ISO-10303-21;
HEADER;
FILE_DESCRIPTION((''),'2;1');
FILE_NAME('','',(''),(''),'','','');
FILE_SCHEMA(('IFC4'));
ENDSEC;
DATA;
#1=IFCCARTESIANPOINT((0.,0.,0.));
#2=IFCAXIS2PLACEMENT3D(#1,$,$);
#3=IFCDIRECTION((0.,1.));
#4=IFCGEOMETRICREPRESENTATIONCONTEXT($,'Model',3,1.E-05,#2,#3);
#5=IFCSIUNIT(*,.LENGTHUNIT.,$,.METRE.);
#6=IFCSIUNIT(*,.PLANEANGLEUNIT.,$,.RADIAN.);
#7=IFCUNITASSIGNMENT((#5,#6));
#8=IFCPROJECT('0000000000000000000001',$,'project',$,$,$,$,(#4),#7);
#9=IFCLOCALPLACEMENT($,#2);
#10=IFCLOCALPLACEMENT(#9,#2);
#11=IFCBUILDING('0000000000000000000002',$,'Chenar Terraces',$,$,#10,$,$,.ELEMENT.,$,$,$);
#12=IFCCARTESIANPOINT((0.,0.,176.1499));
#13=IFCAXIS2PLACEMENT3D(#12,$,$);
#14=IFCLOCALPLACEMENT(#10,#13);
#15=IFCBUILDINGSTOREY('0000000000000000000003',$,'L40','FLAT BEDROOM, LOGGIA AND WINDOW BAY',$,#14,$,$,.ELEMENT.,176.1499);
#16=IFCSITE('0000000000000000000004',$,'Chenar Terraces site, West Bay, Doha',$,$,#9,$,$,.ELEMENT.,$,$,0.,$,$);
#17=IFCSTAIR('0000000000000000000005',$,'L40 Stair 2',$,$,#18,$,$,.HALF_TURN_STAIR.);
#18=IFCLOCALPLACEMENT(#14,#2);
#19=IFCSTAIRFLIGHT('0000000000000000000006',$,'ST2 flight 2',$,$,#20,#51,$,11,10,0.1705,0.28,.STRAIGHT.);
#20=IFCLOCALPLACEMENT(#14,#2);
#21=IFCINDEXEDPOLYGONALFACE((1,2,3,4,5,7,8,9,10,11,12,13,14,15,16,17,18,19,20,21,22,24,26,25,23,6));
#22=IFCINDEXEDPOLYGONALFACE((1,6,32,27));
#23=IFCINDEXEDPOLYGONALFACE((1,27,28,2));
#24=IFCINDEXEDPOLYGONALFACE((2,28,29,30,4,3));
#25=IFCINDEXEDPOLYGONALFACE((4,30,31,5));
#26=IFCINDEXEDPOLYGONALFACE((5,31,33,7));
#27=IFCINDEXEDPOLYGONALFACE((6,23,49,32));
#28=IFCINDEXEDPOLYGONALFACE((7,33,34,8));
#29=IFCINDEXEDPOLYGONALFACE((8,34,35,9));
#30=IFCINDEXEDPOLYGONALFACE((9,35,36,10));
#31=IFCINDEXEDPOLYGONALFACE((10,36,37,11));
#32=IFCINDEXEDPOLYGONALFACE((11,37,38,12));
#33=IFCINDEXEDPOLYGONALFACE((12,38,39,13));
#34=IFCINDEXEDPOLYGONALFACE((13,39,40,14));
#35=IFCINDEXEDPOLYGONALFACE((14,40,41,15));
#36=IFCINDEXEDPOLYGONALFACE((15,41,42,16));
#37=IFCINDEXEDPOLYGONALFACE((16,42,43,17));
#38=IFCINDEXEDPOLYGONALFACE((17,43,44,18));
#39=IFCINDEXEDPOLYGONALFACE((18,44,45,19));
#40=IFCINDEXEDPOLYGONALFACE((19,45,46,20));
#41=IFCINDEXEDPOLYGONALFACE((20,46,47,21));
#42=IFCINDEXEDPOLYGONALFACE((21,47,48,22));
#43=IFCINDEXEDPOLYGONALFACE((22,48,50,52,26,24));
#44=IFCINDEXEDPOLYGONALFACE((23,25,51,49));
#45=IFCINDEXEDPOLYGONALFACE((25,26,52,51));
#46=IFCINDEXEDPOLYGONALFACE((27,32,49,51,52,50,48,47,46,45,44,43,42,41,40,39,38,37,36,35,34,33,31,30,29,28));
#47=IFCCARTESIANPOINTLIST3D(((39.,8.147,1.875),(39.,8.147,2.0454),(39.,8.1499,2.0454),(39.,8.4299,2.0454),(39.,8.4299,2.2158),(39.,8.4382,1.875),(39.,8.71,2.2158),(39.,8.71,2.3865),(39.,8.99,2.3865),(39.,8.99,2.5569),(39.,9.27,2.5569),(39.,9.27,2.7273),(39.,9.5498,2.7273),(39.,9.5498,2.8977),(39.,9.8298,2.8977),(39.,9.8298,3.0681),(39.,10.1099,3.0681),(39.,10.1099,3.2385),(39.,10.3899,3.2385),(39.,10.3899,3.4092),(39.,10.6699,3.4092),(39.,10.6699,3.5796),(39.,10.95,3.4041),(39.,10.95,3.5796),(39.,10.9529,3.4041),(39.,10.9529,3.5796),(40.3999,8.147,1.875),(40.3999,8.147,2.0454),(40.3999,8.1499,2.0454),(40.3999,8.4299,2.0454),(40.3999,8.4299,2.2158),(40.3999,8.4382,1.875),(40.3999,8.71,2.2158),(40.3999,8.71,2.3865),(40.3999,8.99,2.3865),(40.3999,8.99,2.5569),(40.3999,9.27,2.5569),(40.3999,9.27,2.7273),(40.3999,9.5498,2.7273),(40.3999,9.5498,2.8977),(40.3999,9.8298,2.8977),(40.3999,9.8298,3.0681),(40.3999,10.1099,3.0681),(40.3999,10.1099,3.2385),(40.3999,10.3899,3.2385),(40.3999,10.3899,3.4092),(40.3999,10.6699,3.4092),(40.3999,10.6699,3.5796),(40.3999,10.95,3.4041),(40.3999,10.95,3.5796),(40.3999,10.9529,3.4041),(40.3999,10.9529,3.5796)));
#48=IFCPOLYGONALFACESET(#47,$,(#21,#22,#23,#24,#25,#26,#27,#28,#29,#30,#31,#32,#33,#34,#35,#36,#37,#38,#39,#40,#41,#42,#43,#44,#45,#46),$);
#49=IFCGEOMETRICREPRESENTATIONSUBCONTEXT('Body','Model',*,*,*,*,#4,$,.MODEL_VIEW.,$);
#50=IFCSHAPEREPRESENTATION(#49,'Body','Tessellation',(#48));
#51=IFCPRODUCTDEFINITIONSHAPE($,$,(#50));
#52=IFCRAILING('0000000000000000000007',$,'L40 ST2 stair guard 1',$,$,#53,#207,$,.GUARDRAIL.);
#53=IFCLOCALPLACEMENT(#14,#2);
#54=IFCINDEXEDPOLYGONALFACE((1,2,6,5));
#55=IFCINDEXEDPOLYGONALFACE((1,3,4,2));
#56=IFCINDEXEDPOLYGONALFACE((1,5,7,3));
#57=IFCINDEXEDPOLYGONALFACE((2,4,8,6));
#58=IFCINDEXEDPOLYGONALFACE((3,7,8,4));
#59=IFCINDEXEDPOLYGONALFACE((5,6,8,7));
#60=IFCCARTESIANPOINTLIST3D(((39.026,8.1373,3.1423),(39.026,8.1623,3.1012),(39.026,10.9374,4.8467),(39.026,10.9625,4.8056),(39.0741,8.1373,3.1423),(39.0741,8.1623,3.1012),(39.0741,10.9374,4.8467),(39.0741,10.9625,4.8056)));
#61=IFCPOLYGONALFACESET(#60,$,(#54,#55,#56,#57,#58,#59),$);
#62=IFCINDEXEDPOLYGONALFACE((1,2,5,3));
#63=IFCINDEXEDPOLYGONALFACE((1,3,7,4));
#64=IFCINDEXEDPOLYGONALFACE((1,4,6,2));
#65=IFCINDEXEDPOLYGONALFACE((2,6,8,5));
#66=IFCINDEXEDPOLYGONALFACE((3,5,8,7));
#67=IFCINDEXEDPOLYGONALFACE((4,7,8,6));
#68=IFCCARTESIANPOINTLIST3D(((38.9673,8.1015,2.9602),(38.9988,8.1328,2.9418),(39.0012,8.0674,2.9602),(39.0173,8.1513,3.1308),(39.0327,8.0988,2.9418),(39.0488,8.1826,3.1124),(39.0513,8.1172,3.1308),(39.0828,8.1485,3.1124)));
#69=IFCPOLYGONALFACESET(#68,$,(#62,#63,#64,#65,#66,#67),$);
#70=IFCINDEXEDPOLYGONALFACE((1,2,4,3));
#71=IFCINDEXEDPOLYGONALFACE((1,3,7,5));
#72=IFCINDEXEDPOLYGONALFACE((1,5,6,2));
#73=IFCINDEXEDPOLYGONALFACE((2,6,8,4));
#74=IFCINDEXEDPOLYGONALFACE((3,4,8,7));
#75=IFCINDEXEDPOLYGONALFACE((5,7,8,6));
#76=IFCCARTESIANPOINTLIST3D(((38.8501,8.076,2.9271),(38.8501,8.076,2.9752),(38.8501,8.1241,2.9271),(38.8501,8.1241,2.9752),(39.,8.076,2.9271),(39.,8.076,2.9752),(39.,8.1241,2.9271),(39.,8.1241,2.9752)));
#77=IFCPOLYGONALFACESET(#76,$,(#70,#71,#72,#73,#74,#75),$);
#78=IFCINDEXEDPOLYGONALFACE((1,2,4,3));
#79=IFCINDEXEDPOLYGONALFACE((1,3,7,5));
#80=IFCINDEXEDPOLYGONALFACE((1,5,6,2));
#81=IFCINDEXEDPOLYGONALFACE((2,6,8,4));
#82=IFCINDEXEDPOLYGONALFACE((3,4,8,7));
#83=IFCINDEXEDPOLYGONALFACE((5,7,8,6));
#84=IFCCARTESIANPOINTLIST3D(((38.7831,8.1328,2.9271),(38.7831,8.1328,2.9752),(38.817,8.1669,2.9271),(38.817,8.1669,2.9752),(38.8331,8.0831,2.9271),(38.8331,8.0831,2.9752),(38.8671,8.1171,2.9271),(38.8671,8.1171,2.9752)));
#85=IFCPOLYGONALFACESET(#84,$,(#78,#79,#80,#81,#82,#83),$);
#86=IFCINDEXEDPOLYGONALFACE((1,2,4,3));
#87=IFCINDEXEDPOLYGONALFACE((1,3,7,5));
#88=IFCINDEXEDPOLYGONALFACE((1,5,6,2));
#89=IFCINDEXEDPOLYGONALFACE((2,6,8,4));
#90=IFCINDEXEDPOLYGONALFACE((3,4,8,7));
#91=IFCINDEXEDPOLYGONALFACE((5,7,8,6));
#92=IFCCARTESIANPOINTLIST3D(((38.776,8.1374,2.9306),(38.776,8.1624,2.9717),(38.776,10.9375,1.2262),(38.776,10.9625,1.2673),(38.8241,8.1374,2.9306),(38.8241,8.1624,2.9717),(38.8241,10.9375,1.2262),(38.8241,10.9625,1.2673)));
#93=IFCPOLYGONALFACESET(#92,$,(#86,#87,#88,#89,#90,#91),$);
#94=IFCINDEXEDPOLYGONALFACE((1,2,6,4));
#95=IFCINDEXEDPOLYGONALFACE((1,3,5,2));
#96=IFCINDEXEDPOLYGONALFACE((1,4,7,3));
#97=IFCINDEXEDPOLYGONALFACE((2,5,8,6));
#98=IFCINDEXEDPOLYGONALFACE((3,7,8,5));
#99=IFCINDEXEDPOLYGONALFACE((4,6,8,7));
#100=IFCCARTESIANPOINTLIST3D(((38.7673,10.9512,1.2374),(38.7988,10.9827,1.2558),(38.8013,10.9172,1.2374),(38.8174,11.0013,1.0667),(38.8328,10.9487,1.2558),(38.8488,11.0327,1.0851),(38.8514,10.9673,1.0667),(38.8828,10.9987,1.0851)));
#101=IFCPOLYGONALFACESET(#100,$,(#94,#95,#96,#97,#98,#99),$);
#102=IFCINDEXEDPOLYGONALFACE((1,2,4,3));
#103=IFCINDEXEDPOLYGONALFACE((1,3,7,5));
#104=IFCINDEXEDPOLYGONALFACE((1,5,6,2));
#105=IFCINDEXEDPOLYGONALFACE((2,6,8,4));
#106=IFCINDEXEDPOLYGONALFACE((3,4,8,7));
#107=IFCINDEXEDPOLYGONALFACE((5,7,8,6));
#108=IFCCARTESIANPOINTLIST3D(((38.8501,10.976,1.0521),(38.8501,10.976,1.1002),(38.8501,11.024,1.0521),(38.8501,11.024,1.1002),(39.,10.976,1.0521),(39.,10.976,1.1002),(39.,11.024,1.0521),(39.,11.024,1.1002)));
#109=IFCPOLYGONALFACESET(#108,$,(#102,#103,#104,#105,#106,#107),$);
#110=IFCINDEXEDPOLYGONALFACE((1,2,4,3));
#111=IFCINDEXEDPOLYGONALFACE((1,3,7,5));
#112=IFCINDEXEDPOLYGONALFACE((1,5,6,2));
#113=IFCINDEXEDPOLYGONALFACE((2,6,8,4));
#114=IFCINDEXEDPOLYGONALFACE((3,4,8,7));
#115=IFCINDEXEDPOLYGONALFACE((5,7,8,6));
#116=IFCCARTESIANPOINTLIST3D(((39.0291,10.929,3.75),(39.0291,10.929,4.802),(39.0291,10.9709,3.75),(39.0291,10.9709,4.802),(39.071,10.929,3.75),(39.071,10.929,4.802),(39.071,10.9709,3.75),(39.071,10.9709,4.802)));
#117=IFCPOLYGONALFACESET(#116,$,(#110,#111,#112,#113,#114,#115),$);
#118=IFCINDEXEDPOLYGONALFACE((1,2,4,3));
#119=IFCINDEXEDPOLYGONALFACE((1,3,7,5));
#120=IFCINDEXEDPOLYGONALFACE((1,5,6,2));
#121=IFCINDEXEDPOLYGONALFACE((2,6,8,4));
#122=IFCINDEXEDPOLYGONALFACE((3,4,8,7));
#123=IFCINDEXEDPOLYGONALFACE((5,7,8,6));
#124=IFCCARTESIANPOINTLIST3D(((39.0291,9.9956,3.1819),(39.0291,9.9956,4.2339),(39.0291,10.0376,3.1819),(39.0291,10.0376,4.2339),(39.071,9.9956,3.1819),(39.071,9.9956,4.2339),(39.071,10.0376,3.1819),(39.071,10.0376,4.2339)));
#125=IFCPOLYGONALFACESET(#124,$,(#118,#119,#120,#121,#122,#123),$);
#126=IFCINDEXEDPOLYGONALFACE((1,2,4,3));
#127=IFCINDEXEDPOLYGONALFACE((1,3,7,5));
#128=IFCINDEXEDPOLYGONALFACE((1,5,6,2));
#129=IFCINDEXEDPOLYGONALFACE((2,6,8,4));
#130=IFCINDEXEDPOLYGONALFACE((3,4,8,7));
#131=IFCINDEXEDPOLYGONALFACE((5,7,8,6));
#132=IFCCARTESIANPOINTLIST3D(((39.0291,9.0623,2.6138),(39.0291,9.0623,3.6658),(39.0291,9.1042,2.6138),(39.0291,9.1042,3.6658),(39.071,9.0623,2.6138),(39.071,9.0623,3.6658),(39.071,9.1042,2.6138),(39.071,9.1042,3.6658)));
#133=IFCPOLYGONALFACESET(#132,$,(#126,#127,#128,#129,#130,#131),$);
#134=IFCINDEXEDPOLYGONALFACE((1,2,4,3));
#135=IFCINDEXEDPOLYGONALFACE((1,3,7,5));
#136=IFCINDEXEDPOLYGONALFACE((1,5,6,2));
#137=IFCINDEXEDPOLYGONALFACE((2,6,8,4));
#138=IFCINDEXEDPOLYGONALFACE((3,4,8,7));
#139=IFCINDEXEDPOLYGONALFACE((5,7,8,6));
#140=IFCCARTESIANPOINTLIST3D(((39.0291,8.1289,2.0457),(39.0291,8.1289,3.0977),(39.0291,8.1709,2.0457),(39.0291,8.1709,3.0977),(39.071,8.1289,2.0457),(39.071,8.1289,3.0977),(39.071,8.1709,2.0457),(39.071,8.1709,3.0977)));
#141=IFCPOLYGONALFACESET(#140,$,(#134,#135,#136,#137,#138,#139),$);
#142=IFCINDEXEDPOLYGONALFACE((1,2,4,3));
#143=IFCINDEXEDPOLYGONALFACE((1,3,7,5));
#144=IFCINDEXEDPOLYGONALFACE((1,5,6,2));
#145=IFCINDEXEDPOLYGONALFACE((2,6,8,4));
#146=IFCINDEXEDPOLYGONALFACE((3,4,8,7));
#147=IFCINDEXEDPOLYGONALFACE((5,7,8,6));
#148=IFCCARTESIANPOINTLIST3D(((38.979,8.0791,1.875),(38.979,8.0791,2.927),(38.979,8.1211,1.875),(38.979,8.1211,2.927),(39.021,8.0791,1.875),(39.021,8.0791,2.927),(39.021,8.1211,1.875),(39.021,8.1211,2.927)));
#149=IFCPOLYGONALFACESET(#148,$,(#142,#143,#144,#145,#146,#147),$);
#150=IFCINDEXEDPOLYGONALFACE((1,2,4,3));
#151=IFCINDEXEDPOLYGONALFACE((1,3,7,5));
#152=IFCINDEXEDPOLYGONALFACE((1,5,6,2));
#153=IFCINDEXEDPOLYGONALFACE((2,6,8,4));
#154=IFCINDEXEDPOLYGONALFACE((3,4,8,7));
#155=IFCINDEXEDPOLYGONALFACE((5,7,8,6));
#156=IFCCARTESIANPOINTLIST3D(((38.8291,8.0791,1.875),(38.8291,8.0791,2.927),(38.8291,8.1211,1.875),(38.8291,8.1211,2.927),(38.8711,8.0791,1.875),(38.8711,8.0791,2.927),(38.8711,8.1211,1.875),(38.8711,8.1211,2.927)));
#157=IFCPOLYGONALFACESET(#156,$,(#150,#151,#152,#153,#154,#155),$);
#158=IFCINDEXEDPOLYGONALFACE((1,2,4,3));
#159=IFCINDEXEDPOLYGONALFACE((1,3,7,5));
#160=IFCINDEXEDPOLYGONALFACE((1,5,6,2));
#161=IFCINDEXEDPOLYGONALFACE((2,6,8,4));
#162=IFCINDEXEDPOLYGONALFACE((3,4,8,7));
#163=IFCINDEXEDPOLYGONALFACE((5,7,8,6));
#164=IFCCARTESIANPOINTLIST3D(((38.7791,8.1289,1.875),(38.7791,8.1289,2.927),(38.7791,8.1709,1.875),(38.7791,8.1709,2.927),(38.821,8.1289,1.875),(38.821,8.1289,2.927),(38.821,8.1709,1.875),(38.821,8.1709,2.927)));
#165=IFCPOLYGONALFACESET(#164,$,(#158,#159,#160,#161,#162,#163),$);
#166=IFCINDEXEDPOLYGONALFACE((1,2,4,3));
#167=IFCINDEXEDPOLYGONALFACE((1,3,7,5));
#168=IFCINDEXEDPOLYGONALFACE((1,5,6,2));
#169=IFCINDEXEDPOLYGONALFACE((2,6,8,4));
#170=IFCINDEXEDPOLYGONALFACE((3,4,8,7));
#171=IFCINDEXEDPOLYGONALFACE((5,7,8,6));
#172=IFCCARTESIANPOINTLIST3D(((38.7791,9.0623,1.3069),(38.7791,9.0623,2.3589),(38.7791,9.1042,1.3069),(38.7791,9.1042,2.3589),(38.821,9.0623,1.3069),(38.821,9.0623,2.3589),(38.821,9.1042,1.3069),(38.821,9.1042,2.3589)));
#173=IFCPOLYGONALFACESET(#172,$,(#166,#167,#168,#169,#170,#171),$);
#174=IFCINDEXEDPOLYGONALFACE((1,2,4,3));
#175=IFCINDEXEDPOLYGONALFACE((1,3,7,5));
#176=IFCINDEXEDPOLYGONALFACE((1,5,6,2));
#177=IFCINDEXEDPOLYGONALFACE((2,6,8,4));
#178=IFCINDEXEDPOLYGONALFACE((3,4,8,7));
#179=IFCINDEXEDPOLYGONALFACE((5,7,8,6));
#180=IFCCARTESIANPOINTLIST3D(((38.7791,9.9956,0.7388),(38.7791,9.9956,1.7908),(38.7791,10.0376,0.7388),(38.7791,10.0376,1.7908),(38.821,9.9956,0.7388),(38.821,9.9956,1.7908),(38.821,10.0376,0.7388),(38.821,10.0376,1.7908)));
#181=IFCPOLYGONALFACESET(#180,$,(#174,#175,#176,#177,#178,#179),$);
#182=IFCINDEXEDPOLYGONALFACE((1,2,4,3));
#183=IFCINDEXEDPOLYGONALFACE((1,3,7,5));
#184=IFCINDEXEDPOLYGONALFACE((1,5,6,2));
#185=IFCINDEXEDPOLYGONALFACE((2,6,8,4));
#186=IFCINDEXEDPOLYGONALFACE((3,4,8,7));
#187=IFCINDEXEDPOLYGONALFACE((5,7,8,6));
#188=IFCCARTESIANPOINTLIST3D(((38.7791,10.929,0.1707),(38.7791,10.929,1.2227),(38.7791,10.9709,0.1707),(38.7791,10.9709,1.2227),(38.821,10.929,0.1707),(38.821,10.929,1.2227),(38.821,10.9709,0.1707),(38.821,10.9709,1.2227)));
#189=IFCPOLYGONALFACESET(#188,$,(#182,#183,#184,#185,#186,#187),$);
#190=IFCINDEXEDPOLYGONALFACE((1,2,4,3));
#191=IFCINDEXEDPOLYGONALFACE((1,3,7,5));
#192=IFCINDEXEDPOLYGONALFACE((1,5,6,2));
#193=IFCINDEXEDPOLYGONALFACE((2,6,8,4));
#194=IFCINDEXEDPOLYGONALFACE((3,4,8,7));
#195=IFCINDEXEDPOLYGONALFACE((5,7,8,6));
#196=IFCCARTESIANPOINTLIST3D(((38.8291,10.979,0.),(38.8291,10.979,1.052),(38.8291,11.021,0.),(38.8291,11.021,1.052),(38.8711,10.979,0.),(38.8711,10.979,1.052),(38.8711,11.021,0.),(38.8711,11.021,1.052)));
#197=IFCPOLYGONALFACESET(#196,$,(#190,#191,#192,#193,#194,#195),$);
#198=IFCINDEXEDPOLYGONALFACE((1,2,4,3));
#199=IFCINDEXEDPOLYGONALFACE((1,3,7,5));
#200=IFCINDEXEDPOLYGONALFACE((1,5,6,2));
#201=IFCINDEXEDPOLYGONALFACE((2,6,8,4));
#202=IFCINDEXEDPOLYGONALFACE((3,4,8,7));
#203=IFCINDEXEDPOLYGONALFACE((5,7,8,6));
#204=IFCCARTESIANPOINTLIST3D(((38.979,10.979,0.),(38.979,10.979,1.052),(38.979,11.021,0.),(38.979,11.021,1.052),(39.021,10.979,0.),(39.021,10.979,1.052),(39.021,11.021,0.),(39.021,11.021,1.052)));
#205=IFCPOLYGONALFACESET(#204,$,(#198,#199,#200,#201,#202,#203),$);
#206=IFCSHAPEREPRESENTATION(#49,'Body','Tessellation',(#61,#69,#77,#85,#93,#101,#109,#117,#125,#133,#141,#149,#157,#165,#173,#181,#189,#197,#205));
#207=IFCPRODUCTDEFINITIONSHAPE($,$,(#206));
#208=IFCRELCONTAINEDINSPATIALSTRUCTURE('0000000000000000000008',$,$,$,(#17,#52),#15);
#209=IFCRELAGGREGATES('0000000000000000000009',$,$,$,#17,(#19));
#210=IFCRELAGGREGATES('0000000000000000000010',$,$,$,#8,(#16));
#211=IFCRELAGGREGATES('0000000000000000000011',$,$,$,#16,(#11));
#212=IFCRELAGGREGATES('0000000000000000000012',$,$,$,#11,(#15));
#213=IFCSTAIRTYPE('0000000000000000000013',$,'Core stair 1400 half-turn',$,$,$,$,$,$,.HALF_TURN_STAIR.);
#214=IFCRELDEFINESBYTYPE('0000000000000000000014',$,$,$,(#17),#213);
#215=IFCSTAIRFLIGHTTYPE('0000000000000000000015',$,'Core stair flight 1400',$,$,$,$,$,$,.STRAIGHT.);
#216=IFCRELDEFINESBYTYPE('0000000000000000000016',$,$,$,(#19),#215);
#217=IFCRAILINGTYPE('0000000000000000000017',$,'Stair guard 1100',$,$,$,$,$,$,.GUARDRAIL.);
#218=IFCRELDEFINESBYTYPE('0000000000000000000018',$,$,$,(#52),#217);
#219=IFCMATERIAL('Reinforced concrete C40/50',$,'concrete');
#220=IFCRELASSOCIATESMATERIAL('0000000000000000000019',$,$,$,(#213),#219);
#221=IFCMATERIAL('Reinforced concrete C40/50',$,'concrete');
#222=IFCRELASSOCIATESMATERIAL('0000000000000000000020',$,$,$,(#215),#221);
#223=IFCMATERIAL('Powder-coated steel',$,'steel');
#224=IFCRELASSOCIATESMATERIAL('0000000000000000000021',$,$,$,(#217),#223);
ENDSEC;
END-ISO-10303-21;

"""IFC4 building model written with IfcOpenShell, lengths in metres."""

from ifc_helpers import new_model, si_unit, direction, frame, origin, origin_2d, place, context, subcontext, project, spatial, polyline, rectangle, outline, extrude, material, type_object, element, aggregate, save


model = new_model("IFC4")

# Units and contexts
model_context = context("Model", 3, precision=1e-05, world=origin(), true_north=direction((0.0, 1.0)))
body_context = subcontext(model_context, "Body", "Model", "MODEL_VIEW")
ifc_project = project(units=[si_unit("LENGTHUNIT", "METRE"), si_unit("PLANEANGLEUNIT", "RADIAN")], contexts=[model_context])

# Site, building, storey
site_placement = place(None, origin())
site = spatial("IfcSite", under=ifc_project, at=site_placement, Name="Chenar Terraces site, West Bay, Doha", CompositionType="ELEMENT", RefElevation=0.0)
building_placement = place(site_placement, origin())
building = spatial("IfcBuilding", under=site, at=building_placement, Name="Chenar Terraces", CompositionType="ELEMENT")
storey_placement = place(building_placement, frame((0.0, 0.0, 176.1499)))
storey = spatial("IfcBuildingStorey", under=building, at=storey_placement, Name="L40", Description="FLAT BEDROOM, LOGGIA AND WINDOW BAY", CompositionType="ELEMENT", Elevation=176.1499)

# Stair, stair flight
ifc_material_1 = material(Name="Reinforced concrete C40/50", Category="concrete")
stair_type = type_object("IfcStairType", Name="Core stair 1400 half-turn", PredefinedType="HALF_TURN_STAIR", material=ifc_material_1)
stair_placement = place(storey_placement, origin())
stair = element("IfcStair", 1, at=stair_placement, inside=storey, type_object=stair_type, Name="L40 Stair 2", PredefinedType="HALF_TURN_STAIR")
ifc_material_2 = material(Name="Reinforced concrete C40/50", Category="concrete")
stair_flight_type = type_object("IfcStairFlightType", Name="Core stair flight 1400", PredefinedType="STRAIGHT", material=ifc_material_2)
stair_flight_1_placement = place(storey_placement, frame((39.7, 8.1499, 1.875), z_axis=(0.0, 0.0, 1.0), x_axis=(0.0, 1.0, 0.0)))
stair_flight_1 = element("IfcStairFlight", 2, at=stair_flight_1_placement, type_object=stair_flight_type, Name="ST2 flight 2", NumberOfRisers=11, NumberOfTreads=10, PredefinedType="STRAIGHT", RiserHeight=0.1705, TreadLength=0.28, context=body_context, shape_type="SweptSolid", body=[
    extrude(outline(polyline([(-0.0029, 0.0), (-0.0029, 0.1704), (0.0, 0.1704), (0.28, 0.1704), (0.28, 0.3408), (0.5601, 0.3408), (0.5601, 0.5115), (0.8401, 0.5115), (0.8401, 0.6819), (1.1201, 0.6819), (1.1201, 0.8523), (1.3999, 0.8523), (1.3999, 1.0227), (1.6799, 1.0227), (1.6799, 1.1931), (1.96, 1.1931), (1.96, 1.3635), (2.24, 1.3635), (2.24, 1.5342), (2.52, 1.5342), (2.52, 1.7046), (2.8, 1.7046), (2.803, 1.7046), (2.803, 1.5291), (2.8, 1.5291), (0.2883, 0.0), (-0.0029, 0.0)])), frame((0.0, 0.7, 0.0), z_axis=(0.0, -1.0, 0.0), x_axis=(1.0, 0.0, 0.0)), (0.0, 0.0, 1.0), 1.3999),
])
aggregate(stair, [stair_flight_1])

# Railing
ifc_material_3 = material(Name="Powder-coated steel", Category="steel")
railing_type_1 = type_object("IfcRailingType", Name="Stair guard 1100", PredefinedType="GUARDRAIL", material=ifc_material_3)
railing_1_placement = place(storey_placement, frame((39.05, 10.95, 3.75)))
element("IfcRailing", 3, at=railing_1_placement, inside=storey, type_object=railing_type_1, Name="L40 ST2 stair guard 1", PredefinedType="GUARDRAIL", context=body_context, shape_type="SweptSolid", body=[
    extrude(rectangle(XDim=0.0481, YDim=0.0481, at=origin_2d()), frame((0.0, 0.0, 1.0762), z_axis=(0.0, -0.854203, -0.51994), x_axis=(1.0, 0.0, 0.0)), (0.0, 0.0, 1.0), 3.2781),
    extrude(rectangle(XDim=0.0481, YDim=0.0481, at=origin_2d()), frame((0.0, -2.8, -0.6284), z_axis=(-0.270997, -0.269675, -0.924033), x_axis=(0.705376, -0.708834, 0.0)), (0.0, 0.0, 1.0), 0.1846),
    extrude(rectangle(XDim=0.0481, YDim=0.0481, at=origin_2d()), frame((-0.05, -2.8499, -0.7988), z_axis=(-1.0, 0.0, 0.0), x_axis=(0.0, -1.0, 0.0)), (0.0, 0.0, 1.0), 0.1499),
    extrude(rectangle(XDim=0.0481, YDim=0.0481, at=origin_2d()), frame((-0.2, -2.8499, -0.7988), z_axis=(-0.708834, 0.705376, 0.0), x_axis=(-0.705376, -0.708834, 0.0)), (0.0, 0.0, 1.0), 0.0706),
    extrude(rectangle(XDim=0.0481, YDim=0.0481, at=origin_2d()), frame((-0.25, -2.8, -0.7988), z_axis=(0.0, 0.854203, -0.51994), x_axis=(-1.0, 0.0, 0.0)), (0.0, 0.0, 1.0), 3.2781),
    extrude(rectangle(XDim=0.0481, YDim=0.0481, at=origin_2d()), frame((-0.25, 0.0, -2.5034), z_axis=(0.2709, 0.2709, -0.923703), x_axis=(-0.707107, 0.707107, 0.0)), (0.0, 0.0, 1.0), 0.1848),
    extrude(rectangle(XDim=0.0481, YDim=0.0481, at=origin_2d()), frame((-0.2, 0.05, -2.6738), z_axis=(1.0, 0.0, 0.0), x_axis=(0.0, 1.0, 0.0)), (0.0, 0.0, 1.0), 0.1499),
    extrude(rectangle(XDim=0.042, YDim=0.042, at=origin_2d()), origin(), (0.0, 0.0, 1.0), 1.052),
    extrude(rectangle(XDim=0.042, YDim=0.042, at=origin_2d()), frame((0.0, -0.9333, -0.5681)), (0.0, 0.0, 1.0), 1.052),
    extrude(rectangle(XDim=0.042, YDim=0.042, at=origin_2d()), frame((0.0, -1.8667, -1.1362)), (0.0, 0.0, 1.0), 1.052),
    extrude(rectangle(XDim=0.042, YDim=0.042, at=origin_2d()), frame((0.0, -2.8, -1.7043)), (0.0, 0.0, 1.0), 1.052),
    extrude(rectangle(XDim=0.042, YDim=0.042, at=origin_2d()), frame((-0.05, -2.8499, -1.875)), (0.0, 0.0, 1.0), 1.052),
    extrude(rectangle(XDim=0.042, YDim=0.042, at=origin_2d()), frame((-0.2, -2.8499, -1.875)), (0.0, 0.0, 1.0), 1.052),
    extrude(rectangle(XDim=0.042, YDim=0.042, at=origin_2d()), frame((-0.25, -2.8, -1.875)), (0.0, 0.0, 1.0), 1.052),
    extrude(rectangle(XDim=0.042, YDim=0.042, at=origin_2d()), frame((-0.25, -1.8667, -2.4431)), (0.0, 0.0, 1.0), 1.052),
    extrude(rectangle(XDim=0.042, YDim=0.042, at=origin_2d()), frame((-0.25, -0.9333, -3.0112)), (0.0, 0.0, 1.0), 1.052),
    extrude(rectangle(XDim=0.042, YDim=0.042, at=origin_2d()), frame((-0.25, 0.0, -3.5793)), (0.0, 0.0, 1.0), 1.052),
    extrude(rectangle(XDim=0.042, YDim=0.042, at=origin_2d()), frame((-0.2, 0.05, -3.75)), (0.0, 0.0, 1.0), 1.052),
    extrude(rectangle(XDim=0.042, YDim=0.042, at=origin_2d()), frame((-0.05, 0.05, -3.75)), (0.0, 0.0, 1.0), 1.052),
])

save(model, "model.ifc")
